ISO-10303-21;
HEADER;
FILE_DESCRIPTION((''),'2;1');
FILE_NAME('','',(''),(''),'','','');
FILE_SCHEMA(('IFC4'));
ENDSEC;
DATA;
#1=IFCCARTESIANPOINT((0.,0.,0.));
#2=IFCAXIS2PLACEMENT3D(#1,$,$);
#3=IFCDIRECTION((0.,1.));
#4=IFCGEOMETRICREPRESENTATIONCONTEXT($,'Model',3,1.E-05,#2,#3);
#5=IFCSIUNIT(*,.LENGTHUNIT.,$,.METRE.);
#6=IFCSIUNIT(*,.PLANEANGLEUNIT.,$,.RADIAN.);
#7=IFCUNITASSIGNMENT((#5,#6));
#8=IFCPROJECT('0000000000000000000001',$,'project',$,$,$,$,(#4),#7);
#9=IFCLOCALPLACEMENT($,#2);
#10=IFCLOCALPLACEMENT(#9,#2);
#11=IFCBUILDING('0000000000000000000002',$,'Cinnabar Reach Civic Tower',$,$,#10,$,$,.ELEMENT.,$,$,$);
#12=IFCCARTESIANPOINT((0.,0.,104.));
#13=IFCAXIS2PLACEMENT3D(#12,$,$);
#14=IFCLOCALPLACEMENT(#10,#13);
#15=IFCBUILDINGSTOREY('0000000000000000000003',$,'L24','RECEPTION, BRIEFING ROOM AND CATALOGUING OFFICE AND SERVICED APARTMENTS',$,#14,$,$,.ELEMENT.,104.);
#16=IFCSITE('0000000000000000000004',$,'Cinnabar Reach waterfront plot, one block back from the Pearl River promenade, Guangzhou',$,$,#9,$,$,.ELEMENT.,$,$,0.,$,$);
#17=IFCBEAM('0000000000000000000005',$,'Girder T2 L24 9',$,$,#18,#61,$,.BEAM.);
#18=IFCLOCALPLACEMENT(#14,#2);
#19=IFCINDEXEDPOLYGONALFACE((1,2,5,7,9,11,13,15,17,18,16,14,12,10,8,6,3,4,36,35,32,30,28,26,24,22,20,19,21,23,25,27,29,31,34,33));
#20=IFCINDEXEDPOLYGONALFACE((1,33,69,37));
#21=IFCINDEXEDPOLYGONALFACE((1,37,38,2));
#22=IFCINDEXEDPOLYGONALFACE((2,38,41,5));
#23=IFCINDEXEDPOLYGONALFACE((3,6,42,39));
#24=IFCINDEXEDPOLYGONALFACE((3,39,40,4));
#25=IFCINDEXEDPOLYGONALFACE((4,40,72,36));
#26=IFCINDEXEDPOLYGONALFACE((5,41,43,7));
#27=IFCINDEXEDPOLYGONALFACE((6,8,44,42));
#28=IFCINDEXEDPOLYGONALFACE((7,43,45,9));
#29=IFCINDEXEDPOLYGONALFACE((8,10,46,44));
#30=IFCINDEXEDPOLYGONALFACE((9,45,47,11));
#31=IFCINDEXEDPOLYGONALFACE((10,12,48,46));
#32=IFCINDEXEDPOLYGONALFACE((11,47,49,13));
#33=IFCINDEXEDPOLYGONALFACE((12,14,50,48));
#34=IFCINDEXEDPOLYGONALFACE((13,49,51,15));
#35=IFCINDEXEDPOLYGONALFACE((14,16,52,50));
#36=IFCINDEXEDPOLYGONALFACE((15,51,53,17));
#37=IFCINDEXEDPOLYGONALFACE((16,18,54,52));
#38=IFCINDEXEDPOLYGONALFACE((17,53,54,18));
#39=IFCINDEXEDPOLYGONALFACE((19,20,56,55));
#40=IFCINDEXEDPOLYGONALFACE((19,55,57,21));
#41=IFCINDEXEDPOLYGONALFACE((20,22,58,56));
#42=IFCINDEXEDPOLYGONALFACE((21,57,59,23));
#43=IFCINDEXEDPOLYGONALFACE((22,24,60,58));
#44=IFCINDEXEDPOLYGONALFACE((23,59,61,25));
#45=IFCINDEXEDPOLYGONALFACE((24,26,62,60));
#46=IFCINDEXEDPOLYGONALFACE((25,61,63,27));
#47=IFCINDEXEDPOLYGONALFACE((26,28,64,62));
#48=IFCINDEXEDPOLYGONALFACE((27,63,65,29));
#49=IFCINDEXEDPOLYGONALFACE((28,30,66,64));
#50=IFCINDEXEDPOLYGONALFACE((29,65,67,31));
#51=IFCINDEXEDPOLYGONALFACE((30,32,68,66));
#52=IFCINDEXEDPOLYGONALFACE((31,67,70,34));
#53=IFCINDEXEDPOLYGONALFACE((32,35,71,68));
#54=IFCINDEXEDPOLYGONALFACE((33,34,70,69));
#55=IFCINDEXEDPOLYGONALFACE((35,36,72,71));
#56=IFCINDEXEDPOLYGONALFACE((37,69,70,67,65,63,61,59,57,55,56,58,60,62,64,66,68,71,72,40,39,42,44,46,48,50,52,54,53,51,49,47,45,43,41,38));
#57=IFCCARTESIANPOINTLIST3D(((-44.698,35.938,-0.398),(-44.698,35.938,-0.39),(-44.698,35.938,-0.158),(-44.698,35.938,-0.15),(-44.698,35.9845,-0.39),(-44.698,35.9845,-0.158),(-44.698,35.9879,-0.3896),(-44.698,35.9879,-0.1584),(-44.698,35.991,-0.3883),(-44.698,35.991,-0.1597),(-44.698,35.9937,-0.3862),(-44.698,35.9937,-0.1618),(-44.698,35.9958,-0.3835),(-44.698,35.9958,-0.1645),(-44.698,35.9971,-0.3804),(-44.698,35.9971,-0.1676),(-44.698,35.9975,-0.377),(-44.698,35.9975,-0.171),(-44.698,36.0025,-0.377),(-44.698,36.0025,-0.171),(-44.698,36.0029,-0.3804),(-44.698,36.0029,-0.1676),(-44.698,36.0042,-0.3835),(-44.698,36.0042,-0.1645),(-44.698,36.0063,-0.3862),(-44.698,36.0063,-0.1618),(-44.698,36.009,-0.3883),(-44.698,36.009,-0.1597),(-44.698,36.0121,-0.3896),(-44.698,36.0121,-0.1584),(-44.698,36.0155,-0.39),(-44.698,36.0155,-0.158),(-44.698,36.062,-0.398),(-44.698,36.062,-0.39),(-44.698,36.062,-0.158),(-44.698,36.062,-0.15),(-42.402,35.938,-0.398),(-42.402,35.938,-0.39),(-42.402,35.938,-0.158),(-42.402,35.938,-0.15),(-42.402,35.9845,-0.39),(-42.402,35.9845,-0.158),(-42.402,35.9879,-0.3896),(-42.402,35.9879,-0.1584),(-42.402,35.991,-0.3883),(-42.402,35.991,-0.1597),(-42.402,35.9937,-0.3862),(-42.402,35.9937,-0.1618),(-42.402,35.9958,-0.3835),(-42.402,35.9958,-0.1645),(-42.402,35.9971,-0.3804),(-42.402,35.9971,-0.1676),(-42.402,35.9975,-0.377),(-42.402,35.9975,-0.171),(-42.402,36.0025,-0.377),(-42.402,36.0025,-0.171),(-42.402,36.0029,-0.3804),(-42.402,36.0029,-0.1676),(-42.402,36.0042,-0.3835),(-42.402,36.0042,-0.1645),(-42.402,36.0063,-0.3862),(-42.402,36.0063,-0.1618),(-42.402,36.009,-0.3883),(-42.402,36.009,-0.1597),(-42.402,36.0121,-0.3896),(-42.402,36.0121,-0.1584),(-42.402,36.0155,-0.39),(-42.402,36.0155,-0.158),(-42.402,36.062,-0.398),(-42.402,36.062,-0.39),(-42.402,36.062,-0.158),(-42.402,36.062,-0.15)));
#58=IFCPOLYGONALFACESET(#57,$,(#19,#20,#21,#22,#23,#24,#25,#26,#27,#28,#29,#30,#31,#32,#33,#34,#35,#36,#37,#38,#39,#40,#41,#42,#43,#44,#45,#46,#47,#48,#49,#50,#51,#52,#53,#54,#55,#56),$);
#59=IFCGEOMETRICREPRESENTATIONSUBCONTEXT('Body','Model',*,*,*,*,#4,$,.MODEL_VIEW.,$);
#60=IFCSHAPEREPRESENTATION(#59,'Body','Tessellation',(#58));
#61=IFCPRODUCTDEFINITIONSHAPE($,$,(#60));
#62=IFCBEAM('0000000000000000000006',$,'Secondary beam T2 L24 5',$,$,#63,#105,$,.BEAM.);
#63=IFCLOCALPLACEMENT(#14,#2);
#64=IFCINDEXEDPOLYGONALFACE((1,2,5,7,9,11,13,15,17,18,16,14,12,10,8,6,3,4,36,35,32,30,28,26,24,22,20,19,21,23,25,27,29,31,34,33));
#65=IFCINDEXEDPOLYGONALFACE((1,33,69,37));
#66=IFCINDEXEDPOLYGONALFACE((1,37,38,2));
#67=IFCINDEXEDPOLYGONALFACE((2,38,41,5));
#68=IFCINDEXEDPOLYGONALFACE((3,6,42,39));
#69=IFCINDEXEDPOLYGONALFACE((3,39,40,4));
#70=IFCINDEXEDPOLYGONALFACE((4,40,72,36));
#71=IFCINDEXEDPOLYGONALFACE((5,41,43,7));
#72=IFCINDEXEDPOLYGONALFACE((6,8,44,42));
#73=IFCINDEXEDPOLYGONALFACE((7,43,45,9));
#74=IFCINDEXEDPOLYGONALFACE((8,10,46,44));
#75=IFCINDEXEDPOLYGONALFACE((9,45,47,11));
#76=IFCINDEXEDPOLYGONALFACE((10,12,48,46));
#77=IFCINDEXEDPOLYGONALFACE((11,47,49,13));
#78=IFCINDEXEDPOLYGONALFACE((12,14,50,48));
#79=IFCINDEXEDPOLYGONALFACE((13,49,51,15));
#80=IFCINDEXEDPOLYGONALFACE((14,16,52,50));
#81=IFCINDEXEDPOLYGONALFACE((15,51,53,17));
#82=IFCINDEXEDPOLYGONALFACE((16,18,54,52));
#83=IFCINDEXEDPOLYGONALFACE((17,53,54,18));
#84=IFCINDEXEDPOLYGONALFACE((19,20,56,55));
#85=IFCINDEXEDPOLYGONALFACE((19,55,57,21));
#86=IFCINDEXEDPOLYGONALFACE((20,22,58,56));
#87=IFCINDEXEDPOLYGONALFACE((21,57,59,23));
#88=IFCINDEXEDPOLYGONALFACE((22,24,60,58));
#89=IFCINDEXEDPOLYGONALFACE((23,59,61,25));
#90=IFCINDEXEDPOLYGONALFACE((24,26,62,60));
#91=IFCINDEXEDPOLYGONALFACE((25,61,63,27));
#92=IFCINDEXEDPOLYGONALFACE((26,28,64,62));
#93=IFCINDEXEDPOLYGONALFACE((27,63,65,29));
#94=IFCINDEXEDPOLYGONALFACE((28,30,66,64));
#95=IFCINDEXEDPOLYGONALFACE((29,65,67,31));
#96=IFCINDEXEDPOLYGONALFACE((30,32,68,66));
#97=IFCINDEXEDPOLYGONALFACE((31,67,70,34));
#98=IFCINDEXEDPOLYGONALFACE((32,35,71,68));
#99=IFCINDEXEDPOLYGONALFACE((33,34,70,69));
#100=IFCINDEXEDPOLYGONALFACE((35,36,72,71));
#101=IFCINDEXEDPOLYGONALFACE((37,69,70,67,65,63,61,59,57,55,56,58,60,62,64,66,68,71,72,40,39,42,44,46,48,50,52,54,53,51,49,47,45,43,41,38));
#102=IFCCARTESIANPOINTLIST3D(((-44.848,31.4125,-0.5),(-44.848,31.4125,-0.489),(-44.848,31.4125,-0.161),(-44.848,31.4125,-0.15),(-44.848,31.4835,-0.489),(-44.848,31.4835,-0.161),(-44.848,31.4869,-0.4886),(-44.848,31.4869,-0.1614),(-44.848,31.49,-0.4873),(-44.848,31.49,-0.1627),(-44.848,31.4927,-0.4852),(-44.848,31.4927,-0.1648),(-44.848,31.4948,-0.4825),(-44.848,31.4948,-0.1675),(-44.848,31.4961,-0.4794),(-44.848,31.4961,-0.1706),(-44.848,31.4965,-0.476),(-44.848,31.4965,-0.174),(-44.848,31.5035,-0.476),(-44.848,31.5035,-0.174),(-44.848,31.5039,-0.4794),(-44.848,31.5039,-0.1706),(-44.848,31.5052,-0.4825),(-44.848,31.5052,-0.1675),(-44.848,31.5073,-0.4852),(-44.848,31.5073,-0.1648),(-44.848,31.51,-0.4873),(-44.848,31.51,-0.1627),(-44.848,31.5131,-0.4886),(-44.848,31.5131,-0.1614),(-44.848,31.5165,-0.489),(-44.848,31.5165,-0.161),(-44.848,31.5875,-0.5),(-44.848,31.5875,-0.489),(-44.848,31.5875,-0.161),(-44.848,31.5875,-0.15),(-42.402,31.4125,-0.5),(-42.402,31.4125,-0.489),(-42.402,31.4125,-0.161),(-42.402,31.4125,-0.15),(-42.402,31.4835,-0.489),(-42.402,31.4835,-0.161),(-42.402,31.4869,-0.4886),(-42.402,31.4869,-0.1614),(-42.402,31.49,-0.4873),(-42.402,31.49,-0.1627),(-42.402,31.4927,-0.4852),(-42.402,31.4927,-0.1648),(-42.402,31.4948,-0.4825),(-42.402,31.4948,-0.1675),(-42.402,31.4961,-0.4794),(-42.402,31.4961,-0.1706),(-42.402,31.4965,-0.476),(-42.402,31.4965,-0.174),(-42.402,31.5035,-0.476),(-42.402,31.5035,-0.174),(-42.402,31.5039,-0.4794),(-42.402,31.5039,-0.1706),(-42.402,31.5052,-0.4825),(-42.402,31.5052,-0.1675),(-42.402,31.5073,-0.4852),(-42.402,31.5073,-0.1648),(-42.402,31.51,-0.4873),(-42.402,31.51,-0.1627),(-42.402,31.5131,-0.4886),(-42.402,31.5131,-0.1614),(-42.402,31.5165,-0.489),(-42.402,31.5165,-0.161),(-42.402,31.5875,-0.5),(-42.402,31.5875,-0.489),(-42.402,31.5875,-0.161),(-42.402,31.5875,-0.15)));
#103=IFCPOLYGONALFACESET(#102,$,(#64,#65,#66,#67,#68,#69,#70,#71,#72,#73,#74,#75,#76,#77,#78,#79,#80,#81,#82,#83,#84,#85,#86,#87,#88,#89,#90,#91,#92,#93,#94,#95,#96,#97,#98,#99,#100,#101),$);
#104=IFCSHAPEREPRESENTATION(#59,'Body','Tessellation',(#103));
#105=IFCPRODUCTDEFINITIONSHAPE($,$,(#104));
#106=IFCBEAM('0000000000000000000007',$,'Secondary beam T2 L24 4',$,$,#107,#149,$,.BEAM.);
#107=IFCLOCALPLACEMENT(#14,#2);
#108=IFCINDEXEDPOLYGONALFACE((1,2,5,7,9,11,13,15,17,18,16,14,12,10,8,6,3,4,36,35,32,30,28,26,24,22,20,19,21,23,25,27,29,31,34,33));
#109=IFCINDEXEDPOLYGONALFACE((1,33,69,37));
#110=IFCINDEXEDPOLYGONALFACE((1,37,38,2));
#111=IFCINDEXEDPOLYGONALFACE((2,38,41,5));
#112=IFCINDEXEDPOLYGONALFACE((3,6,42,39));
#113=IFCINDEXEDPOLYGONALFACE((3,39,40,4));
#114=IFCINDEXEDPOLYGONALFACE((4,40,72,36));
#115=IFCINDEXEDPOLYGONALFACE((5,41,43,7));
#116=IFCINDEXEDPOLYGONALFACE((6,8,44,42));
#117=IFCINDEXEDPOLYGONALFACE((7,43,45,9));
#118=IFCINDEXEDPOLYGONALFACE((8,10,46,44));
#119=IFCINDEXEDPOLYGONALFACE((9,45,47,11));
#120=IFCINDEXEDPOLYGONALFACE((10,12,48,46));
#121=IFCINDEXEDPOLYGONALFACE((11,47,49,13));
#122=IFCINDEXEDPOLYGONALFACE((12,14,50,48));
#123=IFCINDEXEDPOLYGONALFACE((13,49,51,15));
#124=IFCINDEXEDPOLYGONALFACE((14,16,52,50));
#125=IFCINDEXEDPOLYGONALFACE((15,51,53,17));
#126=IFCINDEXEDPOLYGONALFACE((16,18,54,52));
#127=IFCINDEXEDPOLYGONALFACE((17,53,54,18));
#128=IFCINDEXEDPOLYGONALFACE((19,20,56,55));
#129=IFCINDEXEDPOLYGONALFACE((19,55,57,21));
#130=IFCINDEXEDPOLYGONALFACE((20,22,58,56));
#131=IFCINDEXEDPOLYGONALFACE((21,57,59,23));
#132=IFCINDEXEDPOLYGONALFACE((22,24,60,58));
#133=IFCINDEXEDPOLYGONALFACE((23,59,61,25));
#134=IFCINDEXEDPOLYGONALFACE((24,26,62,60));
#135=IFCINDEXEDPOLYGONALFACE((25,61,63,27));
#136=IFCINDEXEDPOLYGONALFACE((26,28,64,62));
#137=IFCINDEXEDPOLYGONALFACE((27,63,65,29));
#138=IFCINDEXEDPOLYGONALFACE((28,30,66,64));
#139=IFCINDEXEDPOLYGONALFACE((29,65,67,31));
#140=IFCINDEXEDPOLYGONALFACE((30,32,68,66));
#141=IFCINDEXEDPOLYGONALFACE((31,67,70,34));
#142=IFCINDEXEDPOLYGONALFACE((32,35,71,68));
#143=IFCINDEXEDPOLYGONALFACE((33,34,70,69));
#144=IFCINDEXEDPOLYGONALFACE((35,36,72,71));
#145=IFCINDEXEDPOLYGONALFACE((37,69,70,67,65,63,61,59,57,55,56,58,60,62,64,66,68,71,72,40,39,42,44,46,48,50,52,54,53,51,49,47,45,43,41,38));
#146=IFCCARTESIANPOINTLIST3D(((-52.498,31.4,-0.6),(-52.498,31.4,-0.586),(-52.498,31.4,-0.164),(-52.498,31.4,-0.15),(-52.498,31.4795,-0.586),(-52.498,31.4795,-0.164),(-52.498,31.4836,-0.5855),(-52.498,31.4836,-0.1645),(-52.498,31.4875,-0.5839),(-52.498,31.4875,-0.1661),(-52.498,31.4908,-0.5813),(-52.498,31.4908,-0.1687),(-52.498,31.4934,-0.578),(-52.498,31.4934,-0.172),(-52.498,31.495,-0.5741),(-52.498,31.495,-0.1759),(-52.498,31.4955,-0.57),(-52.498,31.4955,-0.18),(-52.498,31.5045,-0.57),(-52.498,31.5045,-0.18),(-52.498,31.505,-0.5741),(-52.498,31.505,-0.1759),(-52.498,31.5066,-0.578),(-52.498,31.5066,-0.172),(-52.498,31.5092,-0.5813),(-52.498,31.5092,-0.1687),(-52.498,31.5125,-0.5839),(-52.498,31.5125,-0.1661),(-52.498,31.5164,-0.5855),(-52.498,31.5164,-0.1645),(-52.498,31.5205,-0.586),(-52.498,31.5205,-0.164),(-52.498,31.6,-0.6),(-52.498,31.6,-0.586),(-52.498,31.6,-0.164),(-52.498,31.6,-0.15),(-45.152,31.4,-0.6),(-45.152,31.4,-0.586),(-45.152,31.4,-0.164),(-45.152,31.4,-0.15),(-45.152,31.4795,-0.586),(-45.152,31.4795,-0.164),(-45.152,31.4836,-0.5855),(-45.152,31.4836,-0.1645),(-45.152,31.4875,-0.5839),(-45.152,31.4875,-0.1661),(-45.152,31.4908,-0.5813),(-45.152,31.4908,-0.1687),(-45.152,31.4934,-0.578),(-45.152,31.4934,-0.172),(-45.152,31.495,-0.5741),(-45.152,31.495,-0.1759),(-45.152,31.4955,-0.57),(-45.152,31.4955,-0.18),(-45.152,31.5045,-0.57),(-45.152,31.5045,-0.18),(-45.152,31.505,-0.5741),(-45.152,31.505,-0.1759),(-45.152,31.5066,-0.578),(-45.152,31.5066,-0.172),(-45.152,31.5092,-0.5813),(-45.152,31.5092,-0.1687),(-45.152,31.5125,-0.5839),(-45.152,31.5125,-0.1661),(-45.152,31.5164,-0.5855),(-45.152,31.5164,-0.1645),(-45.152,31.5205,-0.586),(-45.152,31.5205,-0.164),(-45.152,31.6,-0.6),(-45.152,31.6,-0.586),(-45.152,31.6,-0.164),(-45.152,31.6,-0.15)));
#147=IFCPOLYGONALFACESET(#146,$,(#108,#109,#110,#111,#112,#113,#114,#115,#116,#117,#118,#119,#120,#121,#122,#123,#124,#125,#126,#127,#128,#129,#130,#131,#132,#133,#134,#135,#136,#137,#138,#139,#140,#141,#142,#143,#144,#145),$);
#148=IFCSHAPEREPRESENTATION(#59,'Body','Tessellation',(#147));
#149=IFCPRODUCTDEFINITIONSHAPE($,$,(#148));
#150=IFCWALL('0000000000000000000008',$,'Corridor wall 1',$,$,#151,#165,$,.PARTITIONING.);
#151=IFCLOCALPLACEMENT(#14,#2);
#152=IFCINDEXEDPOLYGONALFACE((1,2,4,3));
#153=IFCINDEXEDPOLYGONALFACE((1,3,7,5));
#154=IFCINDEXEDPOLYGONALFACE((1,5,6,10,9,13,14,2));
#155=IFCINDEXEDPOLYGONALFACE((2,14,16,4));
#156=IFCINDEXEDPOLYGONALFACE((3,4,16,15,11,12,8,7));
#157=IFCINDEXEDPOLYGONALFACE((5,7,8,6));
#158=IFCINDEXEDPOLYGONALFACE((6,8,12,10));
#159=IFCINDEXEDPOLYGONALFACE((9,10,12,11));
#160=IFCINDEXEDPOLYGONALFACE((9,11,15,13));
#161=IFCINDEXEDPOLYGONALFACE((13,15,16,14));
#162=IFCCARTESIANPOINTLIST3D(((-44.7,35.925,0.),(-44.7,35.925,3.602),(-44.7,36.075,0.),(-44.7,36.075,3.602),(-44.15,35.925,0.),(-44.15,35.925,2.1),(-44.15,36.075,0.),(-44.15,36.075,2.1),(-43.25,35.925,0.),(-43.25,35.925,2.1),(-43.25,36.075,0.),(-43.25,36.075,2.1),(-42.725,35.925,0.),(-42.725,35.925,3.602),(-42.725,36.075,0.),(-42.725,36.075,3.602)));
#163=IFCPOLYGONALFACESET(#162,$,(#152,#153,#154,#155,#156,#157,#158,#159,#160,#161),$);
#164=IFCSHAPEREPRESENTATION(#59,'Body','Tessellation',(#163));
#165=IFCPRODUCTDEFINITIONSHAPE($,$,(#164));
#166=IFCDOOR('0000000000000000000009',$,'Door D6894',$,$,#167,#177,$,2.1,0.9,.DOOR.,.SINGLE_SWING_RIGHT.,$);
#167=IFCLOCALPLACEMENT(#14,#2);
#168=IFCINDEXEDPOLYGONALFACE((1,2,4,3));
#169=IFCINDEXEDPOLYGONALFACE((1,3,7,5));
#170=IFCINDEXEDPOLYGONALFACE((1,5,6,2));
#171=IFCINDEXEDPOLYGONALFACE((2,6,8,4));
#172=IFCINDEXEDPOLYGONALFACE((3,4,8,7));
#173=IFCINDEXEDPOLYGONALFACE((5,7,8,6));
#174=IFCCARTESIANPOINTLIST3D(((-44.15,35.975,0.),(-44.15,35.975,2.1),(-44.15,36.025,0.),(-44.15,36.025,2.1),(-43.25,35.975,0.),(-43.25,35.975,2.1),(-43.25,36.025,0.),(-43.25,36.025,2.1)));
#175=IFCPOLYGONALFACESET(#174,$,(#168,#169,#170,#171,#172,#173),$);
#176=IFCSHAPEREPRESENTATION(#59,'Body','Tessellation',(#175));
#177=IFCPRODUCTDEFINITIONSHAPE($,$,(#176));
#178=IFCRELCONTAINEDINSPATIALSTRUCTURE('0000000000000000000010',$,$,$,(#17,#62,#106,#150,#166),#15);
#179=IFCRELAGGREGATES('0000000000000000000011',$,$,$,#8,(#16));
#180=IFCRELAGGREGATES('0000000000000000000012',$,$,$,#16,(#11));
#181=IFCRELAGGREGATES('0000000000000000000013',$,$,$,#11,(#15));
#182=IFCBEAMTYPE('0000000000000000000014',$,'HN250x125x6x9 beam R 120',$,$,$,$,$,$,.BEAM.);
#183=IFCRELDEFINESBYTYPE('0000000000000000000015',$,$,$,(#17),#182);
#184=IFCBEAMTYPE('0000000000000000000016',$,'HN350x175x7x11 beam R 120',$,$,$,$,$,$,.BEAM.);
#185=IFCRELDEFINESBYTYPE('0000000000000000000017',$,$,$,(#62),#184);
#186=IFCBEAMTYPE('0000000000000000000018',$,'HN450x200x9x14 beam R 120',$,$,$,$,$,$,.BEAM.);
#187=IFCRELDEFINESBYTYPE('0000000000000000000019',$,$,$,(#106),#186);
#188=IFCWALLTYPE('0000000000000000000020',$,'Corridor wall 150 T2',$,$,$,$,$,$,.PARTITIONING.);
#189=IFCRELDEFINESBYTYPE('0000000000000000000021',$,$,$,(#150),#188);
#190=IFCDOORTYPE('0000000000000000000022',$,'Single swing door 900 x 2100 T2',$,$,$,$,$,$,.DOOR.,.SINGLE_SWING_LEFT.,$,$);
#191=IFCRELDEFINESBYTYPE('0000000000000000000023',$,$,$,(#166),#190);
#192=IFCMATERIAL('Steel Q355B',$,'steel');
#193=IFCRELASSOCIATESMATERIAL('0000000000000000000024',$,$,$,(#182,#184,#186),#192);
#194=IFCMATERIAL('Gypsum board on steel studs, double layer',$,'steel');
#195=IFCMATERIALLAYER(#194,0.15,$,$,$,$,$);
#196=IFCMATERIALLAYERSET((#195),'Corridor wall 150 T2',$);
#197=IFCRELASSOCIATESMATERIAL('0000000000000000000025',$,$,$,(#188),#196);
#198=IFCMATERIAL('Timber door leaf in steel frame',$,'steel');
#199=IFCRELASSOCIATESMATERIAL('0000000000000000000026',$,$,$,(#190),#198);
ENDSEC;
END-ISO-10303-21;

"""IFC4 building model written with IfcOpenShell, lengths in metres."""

from ifc_helpers import new_model, si_unit, direction, frame, frame_2d, origin, origin_2d, place, context, subcontext, project, spatial, rectangle, i_section, extrude, material, layer, layer_set, material_profile, profile_set, type_object, element, fill, save


model = new_model("IFC4")

# Units and contexts
model_context = context("Model", 3, precision=1e-05, world=origin(), true_north=direction((0.0, 1.0)))
body_context = subcontext(model_context, "Body", "Model", "MODEL_VIEW")
ifc_project = project(units=[si_unit("LENGTHUNIT", "METRE"), si_unit("PLANEANGLEUNIT", "RADIAN")], contexts=[model_context])

# Site, building, storey
site_placement = place(None, origin())
site = spatial("IfcSite", under=ifc_project, at=site_placement, Name="Cinnabar Reach waterfront plot, one block back from the Pearl River promenade, Guangzhou", CompositionType="ELEMENT", RefElevation=0.0)
building_placement = place(site_placement, origin())
building = spatial("IfcBuilding", under=site, at=building_placement, Name="Cinnabar Reach Civic Tower", CompositionType="ELEMENT")
storey_placement = place(building_placement, frame((0.0, 0.0, 104.0)))
storey = spatial("IfcBuildingStorey", under=building, at=storey_placement, Name="L24", Description="RECEPTION, BRIEFING ROOM AND CATALOGUING OFFICE AND SERVICED APARTMENTS", CompositionType="ELEMENT", Elevation=104.0)

# Beams
ifc_material_1 = material(Name="Steel Q355B", Category="steel")
ifc_material_profile_1 = material_profile(ifc_material_1, i_section(OverallWidth=0.124, OverallDepth=0.248, WebThickness=0.005, FlangeThickness=0.008, FilletRadius=0.013, at=origin_2d()), Name="HN250x125x6x9")
ifc_profile_set_1 = profile_set([ifc_material_profile_1], Name="Steel Q355B")
beam_type_1 = type_object("IfcBeamType", Name="HN250x125x6x9 beam R 120", PredefinedType="BEAM", material=ifc_profile_set_1)
beam_1_placement = place(storey_placement, frame((-44.698, 36.0, -0.274), z_axis=(1.0, 0.0, 0.0), x_axis=(0.0, 1.0, 0.0)))
element("IfcBeam", 1, at=beam_1_placement, inside=storey, type_object=beam_type_1, Name="Girder T2 L24 9", PredefinedType="BEAM", context=body_context, shape_type="SweptSolid", body=[
    extrude(i_section(OverallWidth=0.124, OverallDepth=0.248, WebThickness=0.005, FlangeThickness=0.008, FilletRadius=0.013, at=origin_2d()), origin(), (0.0, 0.0, 1.0), 2.296),
])
ifc_material_profile_2 = material_profile(ifc_material_1, i_section(OverallWidth=0.175, OverallDepth=0.35, WebThickness=0.007, FlangeThickness=0.011, FilletRadius=0.013, at=origin_2d()), Name="HN350x175x7x11")
ifc_profile_set_2 = profile_set([ifc_material_profile_2], Name="Steel Q355B")
beam_type_2 = type_object("IfcBeamType", Name="HN350x175x7x11 beam R 120", PredefinedType="BEAM", material=ifc_profile_set_2)
beam_2_placement = place(storey_placement, frame((-44.848, 31.5, -0.325), z_axis=(1.0, 0.0, 0.0), x_axis=(0.0, 1.0, 0.0)))
element("IfcBeam", 2, at=beam_2_placement, inside=storey, type_object=beam_type_2, Name="Secondary beam T2 L24 5", PredefinedType="BEAM", context=body_context, shape_type="SweptSolid", body=[
    extrude(i_section(OverallWidth=0.175, OverallDepth=0.35, WebThickness=0.007, FlangeThickness=0.011, FilletRadius=0.013, at=origin_2d()), origin(), (0.0, 0.0, 1.0), 2.446),
])
ifc_material_profile_3 = material_profile(ifc_material_1, i_section(OverallWidth=0.2, OverallDepth=0.45, WebThickness=0.009, FlangeThickness=0.014, FilletRadius=0.016, at=origin_2d()), Name="HN450x200x9x14")
ifc_profile_set_3 = profile_set([ifc_material_profile_3], Name="Steel Q355B")
beam_type_3 = type_object("IfcBeamType", Name="HN450x200x9x14 beam R 120", PredefinedType="BEAM", material=ifc_profile_set_3)
beam_3_placement = place(storey_placement, frame((-52.498, 31.5, -0.375), z_axis=(1.0, 0.0, 0.0), x_axis=(0.0, 1.0, 0.0)))
element("IfcBeam", 3, at=beam_3_placement, inside=storey, type_object=beam_type_3, Name="Secondary beam T2 L24 4", PredefinedType="BEAM", context=body_context, shape_type="SweptSolid", body=[
    extrude(i_section(OverallWidth=0.2, OverallDepth=0.45, WebThickness=0.009, FlangeThickness=0.014, FilletRadius=0.016, at=origin_2d()), origin(), (0.0, 0.0, 1.0), 7.346),
])

# Wall, opening, door
ifc_material_2 = material(Name="Gypsum board on steel studs, double layer", Category="steel")
ifc_layer_1 = layer(ifc_material_2, 0.15)
ifc_layer_set_1 = layer_set([ifc_layer_1], Name="Corridor wall 150 T2")
wall_type_1 = type_object("IfcWallType", Name="Corridor wall 150 T2", PredefinedType="PARTITIONING", material=ifc_layer_set_1)
wall_1_placement = place(storey_placement, frame((-44.7, 36.0, 0.0), z_axis=(0.0, 0.0, 1.0), x_axis=(1.0, 0.0, 0.0)))
wall_1 = element("IfcWall", 4, at=wall_1_placement, inside=storey, type_object=wall_type_1, Name="Corridor wall 1", PredefinedType="PARTITIONING", context=body_context, shape_type="SweptSolid", body=[
    extrude(rectangle(XDim=1.975, YDim=0.15, at=frame_2d((0.9875, 0.0))), origin(), (0.0, 0.0, 1.0), 3.602),
])
opening_1_placement = place(wall_1_placement, frame((0.55, 0.0, 0.0)))
opening_1 = element("IfcOpeningElement", 5, at=opening_1_placement, cuts=wall_1, PredefinedType="OPENING", context=body_context, shape_type="SweptSolid", body=[
    extrude(rectangle(XDim=0.9, YDim=2.1, at=frame_2d((0.45, 1.05))), frame((0.0, 0.085, 0.0), z_axis=(0.0, -1.0, 0.0), x_axis=(1.0, 0.0, 0.0)), (0.0, 0.0, 1.0), 0.17),
])
ifc_material_3 = material(Name="Timber door leaf in steel frame", Category="steel")
door_type_1 = type_object("IfcDoorType", Name="Single swing door 900 x 2100 T2", OperationType="SINGLE_SWING_LEFT", PredefinedType="DOOR", material=ifc_material_3)
door_1_placement = place(opening_1_placement, origin())
door_1 = element("IfcDoor", 6, at=door_1_placement, inside=storey, type_object=door_type_1, Name="Door D6894", OperationType="SINGLE_SWING_RIGHT", OverallHeight=2.1, OverallWidth=0.9, PredefinedType="DOOR", context=body_context, shape_type="SweptSolid", body=[
    extrude(rectangle(XDim=0.9, YDim=2.1, at=frame_2d((0.45, 1.05))), frame((0.0, 0.025, 0.0), z_axis=(0.0, -1.0, 0.0), x_axis=(1.0, 0.0, 0.0)), (0.0, 0.0, 1.0), 0.05),
])
fill(opening_1, door_1)

save(model, "model.ifc")
